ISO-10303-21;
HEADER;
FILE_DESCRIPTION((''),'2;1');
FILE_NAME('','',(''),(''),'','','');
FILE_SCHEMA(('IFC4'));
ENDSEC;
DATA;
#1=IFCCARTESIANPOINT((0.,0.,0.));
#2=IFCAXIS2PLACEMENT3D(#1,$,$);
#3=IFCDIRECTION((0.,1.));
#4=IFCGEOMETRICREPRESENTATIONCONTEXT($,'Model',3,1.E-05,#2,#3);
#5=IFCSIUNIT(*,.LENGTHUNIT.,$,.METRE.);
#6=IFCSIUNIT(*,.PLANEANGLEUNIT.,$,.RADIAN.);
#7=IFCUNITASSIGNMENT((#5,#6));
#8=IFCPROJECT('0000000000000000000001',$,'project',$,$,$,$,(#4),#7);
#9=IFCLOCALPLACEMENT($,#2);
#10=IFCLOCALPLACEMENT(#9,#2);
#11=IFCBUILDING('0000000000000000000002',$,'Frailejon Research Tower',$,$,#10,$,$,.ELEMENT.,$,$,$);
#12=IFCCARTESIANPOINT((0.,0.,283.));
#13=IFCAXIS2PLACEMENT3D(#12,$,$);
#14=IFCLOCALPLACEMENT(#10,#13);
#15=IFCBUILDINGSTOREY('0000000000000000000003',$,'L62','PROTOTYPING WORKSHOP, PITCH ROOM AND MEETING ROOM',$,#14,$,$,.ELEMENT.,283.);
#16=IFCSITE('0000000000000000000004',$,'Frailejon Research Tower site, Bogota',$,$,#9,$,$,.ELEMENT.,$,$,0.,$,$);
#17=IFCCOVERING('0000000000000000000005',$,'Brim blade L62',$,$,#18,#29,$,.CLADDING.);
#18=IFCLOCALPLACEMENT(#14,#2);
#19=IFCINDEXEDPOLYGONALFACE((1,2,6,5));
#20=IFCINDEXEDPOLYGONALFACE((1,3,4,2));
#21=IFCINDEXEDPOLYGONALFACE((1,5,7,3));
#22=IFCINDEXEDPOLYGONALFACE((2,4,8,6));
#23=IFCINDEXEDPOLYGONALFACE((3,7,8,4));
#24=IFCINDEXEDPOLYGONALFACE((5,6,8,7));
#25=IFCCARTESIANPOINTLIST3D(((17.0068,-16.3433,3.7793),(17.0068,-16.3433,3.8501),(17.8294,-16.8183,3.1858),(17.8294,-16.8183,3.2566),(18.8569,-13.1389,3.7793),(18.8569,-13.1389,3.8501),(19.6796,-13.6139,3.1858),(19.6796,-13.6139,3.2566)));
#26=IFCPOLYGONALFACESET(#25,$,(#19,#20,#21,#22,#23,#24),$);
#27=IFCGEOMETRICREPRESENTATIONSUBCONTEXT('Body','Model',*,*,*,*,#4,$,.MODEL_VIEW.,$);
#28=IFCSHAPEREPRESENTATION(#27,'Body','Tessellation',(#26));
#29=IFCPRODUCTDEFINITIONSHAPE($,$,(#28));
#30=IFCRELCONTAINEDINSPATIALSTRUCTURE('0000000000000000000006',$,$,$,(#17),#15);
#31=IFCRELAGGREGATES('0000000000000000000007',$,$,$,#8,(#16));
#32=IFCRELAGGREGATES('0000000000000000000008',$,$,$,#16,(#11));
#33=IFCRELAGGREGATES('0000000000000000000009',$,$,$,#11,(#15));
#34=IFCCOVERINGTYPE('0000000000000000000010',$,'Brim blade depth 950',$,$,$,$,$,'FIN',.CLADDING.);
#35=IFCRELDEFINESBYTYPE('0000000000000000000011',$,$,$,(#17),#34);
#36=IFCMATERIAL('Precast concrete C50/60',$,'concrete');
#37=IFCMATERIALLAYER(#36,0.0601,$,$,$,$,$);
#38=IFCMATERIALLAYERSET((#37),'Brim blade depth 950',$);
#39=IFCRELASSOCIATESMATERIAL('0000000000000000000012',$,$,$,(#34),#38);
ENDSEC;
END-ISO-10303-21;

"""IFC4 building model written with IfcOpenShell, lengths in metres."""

from ifc_helpers import new_model, si_unit, direction, frame, origin, place, context, subcontext, project, spatial, polyline, outline, extrude, material, layer, layer_set, type_object, element, save


model = new_model("IFC4")

# Units and contexts
model_context = context("Model", 3, precision=1e-05, world=origin(), true_north=direction((0.0, 1.0)))
body_context = subcontext(model_context, "Body", "Model", "MODEL_VIEW")
ifc_project = project(units=[si_unit("LENGTHUNIT", "METRE"), si_unit("PLANEANGLEUNIT", "RADIAN")], contexts=[model_context])

# Site, building, storey
site_placement = place(None, origin())
site = spatial("IfcSite", under=ifc_project, at=site_placement, Name="Frailejon Research Tower site, Bogota", CompositionType="ELEMENT", RefElevation=0.0)
building_placement = place(site_placement, origin())
building = spatial("IfcBuilding", under=site, at=building_placement, Name="Frailejon Research Tower", CompositionType="ELEMENT")
storey_placement = place(building_placement, frame((0.0, 0.0, 283.0)))
storey = spatial("IfcBuildingStorey", under=building, at=storey_placement, Name="L62", Description="PROTOTYPING WORKSHOP, PITCH ROOM AND MEETING ROOM", CompositionType="ELEMENT", Elevation=283.0)

# Covering
ifc_material_1 = material(Name="Precast concrete C50/60", Category="concrete")
ifc_layer_1 = layer(ifc_material_1, 0.0601)
ifc_layer_set_1 = layer_set([ifc_layer_1], Name="Brim blade depth 950")
covering_type_1 = type_object("IfcCoveringType", Name="Brim blade depth 950", ElementType="FIN", PredefinedType="CLADDING", material=ifc_layer_set_1)
covering_1_placement = place(storey_placement, frame((18.8569, -13.1389, 3.8501), z_axis=(-0.500019, -0.866014, 0.0), x_axis=(0.866014, -0.500019, 0.0)))
element("IfcCovering", 1, at=covering_1_placement, inside=storey, type_object=covering_type_1, Name="Brim blade L62", PredefinedType="CLADDING", context=body_context, shape_type="SweptSolid", body=[
    extrude(outline(polyline([(0.0, -0.0708), (0.95, -0.6643), (0.95, -0.5935), (0.0, 0.0), (0.0, -0.0708)])), origin(), (0.0, 0.0, 1.0), 3.7002),
])

save(model, "model.ifc")
